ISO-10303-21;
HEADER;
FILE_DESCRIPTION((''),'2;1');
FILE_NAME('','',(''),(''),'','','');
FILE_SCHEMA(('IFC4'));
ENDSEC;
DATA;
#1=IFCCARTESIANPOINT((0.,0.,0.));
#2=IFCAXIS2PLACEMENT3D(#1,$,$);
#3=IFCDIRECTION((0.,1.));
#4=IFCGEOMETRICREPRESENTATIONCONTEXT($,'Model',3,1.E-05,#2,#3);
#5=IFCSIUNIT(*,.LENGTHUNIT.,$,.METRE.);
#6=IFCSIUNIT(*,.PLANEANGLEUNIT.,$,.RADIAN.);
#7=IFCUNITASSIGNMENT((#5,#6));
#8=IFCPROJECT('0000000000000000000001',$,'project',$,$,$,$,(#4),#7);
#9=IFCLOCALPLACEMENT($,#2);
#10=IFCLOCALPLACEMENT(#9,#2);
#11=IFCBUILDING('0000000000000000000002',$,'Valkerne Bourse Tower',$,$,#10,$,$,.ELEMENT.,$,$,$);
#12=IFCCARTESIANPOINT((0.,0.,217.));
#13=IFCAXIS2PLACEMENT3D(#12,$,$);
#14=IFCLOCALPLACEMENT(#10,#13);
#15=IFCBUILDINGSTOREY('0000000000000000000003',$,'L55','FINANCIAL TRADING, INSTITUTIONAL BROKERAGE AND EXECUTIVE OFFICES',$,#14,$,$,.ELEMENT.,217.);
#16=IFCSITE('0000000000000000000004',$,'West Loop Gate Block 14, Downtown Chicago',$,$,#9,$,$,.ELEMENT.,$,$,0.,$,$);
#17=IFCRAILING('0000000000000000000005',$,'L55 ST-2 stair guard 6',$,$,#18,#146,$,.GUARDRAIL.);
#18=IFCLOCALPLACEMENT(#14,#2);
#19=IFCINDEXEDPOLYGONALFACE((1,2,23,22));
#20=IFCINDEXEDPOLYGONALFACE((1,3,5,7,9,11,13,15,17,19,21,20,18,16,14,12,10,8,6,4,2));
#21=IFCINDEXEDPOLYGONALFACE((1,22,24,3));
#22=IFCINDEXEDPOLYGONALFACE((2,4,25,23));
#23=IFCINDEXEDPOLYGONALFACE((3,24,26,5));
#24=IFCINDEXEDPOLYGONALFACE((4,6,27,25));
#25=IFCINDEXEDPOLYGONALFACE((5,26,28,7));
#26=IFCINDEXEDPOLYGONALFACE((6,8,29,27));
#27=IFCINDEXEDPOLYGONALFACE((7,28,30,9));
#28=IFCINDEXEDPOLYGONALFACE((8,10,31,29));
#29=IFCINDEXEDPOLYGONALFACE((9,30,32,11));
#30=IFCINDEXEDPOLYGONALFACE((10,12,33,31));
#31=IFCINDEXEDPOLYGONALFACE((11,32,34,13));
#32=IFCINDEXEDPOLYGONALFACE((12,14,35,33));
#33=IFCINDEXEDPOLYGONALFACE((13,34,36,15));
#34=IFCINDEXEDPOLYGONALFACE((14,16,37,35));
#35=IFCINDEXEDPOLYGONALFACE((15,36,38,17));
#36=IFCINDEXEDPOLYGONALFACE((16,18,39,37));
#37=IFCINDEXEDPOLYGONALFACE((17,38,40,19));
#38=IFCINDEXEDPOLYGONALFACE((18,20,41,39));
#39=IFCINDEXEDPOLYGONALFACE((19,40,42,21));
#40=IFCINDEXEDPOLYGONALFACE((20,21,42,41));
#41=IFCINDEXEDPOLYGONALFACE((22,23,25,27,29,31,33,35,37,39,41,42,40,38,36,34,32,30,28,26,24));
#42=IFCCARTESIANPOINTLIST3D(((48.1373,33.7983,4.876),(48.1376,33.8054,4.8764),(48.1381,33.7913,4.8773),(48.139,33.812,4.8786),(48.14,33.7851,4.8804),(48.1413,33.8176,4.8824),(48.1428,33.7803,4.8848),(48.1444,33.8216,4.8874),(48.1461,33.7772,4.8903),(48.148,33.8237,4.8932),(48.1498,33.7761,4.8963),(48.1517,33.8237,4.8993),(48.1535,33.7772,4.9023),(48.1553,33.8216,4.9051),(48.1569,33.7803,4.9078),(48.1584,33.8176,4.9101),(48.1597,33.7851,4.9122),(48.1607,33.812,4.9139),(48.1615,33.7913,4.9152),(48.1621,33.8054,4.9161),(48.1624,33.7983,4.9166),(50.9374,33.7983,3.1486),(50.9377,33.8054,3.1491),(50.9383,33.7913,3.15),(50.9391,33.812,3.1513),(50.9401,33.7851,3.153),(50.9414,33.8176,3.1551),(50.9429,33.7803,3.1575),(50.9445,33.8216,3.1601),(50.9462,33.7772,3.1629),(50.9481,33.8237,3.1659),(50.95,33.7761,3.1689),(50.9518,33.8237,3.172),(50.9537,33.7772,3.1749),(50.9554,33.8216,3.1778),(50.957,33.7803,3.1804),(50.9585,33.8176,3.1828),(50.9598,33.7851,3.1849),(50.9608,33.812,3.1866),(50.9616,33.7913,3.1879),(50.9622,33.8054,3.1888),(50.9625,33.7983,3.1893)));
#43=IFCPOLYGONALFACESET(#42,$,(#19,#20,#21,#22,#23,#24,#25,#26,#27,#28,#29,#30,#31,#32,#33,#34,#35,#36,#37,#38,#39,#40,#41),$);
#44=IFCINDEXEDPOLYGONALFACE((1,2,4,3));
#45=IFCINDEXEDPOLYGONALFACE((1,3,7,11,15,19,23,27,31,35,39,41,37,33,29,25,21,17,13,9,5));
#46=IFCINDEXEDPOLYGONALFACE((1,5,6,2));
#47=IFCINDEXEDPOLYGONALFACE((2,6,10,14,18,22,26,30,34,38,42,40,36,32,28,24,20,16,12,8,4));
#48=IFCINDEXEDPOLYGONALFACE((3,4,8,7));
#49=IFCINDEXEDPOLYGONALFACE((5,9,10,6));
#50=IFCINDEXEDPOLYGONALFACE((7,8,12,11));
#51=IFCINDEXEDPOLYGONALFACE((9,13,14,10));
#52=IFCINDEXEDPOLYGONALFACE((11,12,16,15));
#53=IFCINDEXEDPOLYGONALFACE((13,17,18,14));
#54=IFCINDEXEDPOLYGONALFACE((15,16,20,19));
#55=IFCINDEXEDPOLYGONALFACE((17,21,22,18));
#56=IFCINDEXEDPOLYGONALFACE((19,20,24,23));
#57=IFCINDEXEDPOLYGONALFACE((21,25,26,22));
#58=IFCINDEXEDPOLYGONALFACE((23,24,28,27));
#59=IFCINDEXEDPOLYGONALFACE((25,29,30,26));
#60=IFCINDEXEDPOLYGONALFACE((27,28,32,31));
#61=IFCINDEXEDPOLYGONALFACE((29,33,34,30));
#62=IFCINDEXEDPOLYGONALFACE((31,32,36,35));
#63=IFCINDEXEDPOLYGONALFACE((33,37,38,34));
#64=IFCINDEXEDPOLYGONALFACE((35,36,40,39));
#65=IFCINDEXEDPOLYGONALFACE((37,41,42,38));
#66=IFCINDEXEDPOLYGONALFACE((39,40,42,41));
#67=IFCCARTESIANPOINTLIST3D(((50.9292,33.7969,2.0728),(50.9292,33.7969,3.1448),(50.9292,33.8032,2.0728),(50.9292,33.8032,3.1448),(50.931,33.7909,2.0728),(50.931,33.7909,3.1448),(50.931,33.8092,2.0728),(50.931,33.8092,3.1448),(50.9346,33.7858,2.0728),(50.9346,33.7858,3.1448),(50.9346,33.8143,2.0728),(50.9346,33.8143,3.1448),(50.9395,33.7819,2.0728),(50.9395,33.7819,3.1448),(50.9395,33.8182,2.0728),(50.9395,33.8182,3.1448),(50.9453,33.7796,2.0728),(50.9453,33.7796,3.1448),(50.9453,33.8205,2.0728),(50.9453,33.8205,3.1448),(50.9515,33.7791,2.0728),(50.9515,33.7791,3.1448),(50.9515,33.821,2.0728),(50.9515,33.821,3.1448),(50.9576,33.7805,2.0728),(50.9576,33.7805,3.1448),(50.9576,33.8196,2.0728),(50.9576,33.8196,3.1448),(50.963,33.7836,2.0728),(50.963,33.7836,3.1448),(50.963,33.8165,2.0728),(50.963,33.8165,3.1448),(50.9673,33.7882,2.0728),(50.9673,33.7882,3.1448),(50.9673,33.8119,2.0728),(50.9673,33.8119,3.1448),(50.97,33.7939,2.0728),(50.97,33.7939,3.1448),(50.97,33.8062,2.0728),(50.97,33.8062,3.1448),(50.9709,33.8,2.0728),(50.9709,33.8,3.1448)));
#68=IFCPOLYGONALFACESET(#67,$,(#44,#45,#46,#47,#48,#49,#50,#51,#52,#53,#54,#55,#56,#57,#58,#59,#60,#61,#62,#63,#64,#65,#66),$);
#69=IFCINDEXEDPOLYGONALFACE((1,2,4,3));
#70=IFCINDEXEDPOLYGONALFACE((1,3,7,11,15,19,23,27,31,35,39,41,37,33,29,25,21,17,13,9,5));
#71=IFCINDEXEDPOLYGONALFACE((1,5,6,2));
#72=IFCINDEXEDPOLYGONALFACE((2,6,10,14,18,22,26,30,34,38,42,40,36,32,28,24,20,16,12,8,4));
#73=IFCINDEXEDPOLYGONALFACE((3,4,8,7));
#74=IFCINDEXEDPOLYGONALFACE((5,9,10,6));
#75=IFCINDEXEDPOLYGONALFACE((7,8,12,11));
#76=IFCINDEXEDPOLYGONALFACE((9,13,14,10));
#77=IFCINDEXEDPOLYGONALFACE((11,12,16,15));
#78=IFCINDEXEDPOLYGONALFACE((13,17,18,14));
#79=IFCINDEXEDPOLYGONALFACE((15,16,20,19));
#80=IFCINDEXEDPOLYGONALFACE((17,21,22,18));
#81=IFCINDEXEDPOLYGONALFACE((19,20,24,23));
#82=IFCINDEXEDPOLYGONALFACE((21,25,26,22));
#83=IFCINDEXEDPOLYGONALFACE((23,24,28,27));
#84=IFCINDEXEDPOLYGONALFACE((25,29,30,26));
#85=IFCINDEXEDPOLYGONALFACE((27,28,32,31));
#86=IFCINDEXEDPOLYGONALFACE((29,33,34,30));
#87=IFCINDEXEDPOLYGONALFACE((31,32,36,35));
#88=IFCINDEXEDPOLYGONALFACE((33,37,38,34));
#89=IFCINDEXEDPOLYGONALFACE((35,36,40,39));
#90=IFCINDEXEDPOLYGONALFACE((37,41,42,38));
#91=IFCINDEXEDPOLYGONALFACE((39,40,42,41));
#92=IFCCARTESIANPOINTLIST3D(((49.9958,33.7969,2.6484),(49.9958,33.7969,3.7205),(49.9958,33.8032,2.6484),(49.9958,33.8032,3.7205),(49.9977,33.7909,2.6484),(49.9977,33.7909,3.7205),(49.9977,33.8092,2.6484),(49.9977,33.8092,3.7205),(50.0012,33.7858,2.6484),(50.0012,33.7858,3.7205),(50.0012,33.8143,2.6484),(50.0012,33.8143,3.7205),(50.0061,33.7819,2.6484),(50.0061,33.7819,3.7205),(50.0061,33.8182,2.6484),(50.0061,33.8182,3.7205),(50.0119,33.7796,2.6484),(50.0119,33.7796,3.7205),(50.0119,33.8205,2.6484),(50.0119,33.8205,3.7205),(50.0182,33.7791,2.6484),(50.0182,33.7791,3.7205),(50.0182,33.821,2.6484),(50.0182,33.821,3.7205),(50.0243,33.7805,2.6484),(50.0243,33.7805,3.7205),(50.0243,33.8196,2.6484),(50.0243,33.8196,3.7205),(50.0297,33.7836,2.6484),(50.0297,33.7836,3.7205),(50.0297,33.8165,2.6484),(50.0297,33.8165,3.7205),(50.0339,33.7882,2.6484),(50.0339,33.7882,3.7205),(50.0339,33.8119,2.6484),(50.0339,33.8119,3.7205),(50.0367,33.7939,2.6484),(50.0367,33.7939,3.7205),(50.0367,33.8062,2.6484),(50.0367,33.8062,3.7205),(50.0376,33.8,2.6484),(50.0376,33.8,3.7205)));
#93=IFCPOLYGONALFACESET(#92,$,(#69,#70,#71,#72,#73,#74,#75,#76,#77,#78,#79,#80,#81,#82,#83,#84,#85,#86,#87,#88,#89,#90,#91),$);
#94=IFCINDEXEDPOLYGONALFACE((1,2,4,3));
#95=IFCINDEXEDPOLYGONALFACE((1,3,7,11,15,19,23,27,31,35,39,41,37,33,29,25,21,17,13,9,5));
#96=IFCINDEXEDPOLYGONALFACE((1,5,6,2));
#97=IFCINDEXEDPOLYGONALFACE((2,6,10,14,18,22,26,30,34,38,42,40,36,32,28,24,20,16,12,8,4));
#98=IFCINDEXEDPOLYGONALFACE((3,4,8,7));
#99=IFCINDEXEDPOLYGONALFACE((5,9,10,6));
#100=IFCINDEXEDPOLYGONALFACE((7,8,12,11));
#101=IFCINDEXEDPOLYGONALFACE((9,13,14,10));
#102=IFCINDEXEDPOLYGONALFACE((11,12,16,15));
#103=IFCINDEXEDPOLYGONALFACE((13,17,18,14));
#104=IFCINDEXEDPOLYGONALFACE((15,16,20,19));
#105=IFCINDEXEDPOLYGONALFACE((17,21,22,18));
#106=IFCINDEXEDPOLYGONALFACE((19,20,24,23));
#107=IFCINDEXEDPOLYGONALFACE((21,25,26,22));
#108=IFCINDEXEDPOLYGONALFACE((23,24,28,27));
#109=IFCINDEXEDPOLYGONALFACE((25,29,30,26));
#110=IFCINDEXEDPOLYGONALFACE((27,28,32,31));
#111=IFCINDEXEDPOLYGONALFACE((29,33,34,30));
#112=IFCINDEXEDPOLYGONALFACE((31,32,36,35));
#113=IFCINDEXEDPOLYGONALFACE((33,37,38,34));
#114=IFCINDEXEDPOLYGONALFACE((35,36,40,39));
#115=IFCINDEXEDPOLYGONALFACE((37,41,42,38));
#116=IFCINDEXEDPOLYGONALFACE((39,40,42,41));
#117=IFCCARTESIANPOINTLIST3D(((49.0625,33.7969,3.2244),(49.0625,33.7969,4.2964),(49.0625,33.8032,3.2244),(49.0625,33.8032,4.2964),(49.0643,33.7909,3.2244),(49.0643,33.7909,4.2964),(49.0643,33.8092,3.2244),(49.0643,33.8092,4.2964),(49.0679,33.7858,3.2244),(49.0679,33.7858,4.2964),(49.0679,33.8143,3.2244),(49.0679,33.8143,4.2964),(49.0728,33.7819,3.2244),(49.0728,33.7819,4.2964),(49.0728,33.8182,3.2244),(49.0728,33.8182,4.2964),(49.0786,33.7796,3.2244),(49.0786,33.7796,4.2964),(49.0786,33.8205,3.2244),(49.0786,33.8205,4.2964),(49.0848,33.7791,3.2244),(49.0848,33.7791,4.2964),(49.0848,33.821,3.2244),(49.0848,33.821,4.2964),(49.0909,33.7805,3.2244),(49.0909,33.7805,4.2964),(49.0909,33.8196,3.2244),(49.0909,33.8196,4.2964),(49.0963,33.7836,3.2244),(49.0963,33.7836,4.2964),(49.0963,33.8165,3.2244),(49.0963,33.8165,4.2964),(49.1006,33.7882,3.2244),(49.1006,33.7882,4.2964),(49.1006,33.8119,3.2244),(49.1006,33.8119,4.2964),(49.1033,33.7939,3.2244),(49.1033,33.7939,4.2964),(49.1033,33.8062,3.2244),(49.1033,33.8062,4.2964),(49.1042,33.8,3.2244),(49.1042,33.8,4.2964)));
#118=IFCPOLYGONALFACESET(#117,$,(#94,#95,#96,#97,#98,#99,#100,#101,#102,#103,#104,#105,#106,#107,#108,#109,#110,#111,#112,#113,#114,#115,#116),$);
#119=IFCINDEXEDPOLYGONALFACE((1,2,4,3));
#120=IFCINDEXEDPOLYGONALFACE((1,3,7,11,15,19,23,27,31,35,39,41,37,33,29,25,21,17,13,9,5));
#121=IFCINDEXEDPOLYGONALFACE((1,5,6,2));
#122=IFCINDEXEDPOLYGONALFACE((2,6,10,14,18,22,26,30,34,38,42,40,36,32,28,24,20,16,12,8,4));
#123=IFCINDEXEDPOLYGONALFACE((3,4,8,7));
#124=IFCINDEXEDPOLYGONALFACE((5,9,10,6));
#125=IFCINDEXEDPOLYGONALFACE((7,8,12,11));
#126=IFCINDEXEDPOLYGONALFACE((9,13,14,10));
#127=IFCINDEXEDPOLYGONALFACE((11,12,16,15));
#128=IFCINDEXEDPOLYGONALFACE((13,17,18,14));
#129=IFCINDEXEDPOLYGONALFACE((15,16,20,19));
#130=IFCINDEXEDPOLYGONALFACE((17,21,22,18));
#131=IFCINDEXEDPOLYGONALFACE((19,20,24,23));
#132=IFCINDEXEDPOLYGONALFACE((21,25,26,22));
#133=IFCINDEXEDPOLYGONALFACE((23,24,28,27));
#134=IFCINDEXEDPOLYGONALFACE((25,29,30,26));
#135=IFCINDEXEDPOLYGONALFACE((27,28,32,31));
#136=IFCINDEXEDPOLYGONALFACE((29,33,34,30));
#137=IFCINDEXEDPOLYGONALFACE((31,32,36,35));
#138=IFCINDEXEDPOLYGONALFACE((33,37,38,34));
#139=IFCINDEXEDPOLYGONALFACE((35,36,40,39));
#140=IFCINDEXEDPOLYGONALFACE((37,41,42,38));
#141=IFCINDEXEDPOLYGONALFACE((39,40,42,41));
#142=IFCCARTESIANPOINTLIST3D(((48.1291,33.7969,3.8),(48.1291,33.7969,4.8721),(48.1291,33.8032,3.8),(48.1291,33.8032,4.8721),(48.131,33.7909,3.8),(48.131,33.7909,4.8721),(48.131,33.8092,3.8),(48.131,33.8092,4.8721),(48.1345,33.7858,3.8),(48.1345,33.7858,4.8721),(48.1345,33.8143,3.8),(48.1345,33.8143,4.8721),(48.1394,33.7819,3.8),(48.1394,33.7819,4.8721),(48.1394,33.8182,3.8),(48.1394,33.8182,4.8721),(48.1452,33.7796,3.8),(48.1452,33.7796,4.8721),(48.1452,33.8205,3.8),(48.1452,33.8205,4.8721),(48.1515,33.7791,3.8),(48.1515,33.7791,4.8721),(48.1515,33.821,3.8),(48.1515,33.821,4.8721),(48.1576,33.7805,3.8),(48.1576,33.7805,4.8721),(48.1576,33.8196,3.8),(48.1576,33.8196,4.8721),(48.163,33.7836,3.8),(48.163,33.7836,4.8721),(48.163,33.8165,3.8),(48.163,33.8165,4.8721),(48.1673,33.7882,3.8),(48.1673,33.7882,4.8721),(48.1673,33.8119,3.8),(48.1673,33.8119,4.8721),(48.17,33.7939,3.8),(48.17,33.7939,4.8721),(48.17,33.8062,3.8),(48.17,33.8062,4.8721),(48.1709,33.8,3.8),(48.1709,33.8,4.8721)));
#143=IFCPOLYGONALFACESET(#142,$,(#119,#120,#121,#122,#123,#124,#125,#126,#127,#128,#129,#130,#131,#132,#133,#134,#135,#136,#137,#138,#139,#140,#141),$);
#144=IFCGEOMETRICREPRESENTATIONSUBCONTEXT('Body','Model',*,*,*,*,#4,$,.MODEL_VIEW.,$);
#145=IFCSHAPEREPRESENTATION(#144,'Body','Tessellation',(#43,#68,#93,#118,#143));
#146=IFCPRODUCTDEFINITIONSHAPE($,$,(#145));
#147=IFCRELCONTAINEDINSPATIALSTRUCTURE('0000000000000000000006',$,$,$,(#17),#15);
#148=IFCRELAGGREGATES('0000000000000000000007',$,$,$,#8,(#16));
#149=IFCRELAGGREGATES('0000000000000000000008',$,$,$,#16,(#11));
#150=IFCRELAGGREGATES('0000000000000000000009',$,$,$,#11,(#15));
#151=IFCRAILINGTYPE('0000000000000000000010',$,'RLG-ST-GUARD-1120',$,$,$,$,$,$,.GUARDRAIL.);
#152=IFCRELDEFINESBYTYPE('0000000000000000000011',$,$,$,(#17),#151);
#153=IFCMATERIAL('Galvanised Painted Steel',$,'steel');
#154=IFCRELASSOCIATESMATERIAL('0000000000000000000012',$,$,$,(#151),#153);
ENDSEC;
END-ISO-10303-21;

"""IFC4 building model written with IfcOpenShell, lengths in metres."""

from ifc_helpers import new_model, si_unit, direction, frame, origin, origin_2d, place, context, subcontext, project, spatial, circle, extrude, material, type_object, element, save


model = new_model("IFC4")

# Units and contexts
model_context = context("Model", 3, precision=1e-05, world=origin(), true_north=direction((0.0, 1.0)))
body_context = subcontext(model_context, "Body", "Model", "MODEL_VIEW")
ifc_project = project(units=[si_unit("LENGTHUNIT", "METRE"), si_unit("PLANEANGLEUNIT", "RADIAN")], contexts=[model_context])

# Site, building, storey
site_placement = place(None, origin())
site = spatial("IfcSite", under=ifc_project, at=site_placement, Name="West Loop Gate Block 14, Downtown Chicago", CompositionType="ELEMENT", RefElevation=0.0)
building_placement = place(site_placement, origin())
building = spatial("IfcBuilding", under=site, at=building_placement, Name="Valkerne Bourse Tower", CompositionType="ELEMENT")
storey_placement = place(building_placement, frame((0.0, 0.0, 217.0)))
storey = spatial("IfcBuildingStorey", under=building, at=storey_placement, Name="L55", Description="FINANCIAL TRADING, INSTITUTIONAL BROKERAGE AND EXECUTIVE OFFICES", CompositionType="ELEMENT", Elevation=217.0)

# Shared definitions
ifc_material_1 = material(Name="Galvanised Painted Steel", Category="steel")

# Railing
railing_type_1 = type_object("IfcRailingType", Name="RLG-ST-GUARD-1120", PredefinedType="GUARDRAIL", material=ifc_material_1)
railing_1_placement = place(storey_placement, frame((50.95, 33.8, 2.0728)))
element("IfcRailing", 1, at=railing_1_placement, inside=storey, type_object=railing_type_1, Name="L55 ST-2 stair guard 6", PredefinedType="GUARDRAIL", context=body_context, shape_type="SweptSolid", body=[
    extrude(circle(Radius=0.0239, at=origin_2d()), frame((0.0, 0.0, 1.0962), z_axis=(-0.85109, 0.0, 0.52502), x_axis=(0.0, -1.0, 0.0)), (0.0, 0.0, 1.0), 3.29),
    extrude(circle(Radius=0.021, at=origin_2d()), origin(), (0.0, 0.0, 1.0), 1.072),
    extrude(circle(Radius=0.021, at=origin_2d()), frame((-0.9333, 0.0, 0.5757)), (0.0, 0.0, 1.0), 1.072),
    extrude(circle(Radius=0.021, at=origin_2d()), frame((-1.8667, 0.0, 1.1516)), (0.0, 0.0, 1.0), 1.072),
    extrude(circle(Radius=0.021, at=origin_2d()), frame((-2.8, 0.0, 1.7273)), (0.0, 0.0, 1.0), 1.072),
])

save(model, "model.ifc")
